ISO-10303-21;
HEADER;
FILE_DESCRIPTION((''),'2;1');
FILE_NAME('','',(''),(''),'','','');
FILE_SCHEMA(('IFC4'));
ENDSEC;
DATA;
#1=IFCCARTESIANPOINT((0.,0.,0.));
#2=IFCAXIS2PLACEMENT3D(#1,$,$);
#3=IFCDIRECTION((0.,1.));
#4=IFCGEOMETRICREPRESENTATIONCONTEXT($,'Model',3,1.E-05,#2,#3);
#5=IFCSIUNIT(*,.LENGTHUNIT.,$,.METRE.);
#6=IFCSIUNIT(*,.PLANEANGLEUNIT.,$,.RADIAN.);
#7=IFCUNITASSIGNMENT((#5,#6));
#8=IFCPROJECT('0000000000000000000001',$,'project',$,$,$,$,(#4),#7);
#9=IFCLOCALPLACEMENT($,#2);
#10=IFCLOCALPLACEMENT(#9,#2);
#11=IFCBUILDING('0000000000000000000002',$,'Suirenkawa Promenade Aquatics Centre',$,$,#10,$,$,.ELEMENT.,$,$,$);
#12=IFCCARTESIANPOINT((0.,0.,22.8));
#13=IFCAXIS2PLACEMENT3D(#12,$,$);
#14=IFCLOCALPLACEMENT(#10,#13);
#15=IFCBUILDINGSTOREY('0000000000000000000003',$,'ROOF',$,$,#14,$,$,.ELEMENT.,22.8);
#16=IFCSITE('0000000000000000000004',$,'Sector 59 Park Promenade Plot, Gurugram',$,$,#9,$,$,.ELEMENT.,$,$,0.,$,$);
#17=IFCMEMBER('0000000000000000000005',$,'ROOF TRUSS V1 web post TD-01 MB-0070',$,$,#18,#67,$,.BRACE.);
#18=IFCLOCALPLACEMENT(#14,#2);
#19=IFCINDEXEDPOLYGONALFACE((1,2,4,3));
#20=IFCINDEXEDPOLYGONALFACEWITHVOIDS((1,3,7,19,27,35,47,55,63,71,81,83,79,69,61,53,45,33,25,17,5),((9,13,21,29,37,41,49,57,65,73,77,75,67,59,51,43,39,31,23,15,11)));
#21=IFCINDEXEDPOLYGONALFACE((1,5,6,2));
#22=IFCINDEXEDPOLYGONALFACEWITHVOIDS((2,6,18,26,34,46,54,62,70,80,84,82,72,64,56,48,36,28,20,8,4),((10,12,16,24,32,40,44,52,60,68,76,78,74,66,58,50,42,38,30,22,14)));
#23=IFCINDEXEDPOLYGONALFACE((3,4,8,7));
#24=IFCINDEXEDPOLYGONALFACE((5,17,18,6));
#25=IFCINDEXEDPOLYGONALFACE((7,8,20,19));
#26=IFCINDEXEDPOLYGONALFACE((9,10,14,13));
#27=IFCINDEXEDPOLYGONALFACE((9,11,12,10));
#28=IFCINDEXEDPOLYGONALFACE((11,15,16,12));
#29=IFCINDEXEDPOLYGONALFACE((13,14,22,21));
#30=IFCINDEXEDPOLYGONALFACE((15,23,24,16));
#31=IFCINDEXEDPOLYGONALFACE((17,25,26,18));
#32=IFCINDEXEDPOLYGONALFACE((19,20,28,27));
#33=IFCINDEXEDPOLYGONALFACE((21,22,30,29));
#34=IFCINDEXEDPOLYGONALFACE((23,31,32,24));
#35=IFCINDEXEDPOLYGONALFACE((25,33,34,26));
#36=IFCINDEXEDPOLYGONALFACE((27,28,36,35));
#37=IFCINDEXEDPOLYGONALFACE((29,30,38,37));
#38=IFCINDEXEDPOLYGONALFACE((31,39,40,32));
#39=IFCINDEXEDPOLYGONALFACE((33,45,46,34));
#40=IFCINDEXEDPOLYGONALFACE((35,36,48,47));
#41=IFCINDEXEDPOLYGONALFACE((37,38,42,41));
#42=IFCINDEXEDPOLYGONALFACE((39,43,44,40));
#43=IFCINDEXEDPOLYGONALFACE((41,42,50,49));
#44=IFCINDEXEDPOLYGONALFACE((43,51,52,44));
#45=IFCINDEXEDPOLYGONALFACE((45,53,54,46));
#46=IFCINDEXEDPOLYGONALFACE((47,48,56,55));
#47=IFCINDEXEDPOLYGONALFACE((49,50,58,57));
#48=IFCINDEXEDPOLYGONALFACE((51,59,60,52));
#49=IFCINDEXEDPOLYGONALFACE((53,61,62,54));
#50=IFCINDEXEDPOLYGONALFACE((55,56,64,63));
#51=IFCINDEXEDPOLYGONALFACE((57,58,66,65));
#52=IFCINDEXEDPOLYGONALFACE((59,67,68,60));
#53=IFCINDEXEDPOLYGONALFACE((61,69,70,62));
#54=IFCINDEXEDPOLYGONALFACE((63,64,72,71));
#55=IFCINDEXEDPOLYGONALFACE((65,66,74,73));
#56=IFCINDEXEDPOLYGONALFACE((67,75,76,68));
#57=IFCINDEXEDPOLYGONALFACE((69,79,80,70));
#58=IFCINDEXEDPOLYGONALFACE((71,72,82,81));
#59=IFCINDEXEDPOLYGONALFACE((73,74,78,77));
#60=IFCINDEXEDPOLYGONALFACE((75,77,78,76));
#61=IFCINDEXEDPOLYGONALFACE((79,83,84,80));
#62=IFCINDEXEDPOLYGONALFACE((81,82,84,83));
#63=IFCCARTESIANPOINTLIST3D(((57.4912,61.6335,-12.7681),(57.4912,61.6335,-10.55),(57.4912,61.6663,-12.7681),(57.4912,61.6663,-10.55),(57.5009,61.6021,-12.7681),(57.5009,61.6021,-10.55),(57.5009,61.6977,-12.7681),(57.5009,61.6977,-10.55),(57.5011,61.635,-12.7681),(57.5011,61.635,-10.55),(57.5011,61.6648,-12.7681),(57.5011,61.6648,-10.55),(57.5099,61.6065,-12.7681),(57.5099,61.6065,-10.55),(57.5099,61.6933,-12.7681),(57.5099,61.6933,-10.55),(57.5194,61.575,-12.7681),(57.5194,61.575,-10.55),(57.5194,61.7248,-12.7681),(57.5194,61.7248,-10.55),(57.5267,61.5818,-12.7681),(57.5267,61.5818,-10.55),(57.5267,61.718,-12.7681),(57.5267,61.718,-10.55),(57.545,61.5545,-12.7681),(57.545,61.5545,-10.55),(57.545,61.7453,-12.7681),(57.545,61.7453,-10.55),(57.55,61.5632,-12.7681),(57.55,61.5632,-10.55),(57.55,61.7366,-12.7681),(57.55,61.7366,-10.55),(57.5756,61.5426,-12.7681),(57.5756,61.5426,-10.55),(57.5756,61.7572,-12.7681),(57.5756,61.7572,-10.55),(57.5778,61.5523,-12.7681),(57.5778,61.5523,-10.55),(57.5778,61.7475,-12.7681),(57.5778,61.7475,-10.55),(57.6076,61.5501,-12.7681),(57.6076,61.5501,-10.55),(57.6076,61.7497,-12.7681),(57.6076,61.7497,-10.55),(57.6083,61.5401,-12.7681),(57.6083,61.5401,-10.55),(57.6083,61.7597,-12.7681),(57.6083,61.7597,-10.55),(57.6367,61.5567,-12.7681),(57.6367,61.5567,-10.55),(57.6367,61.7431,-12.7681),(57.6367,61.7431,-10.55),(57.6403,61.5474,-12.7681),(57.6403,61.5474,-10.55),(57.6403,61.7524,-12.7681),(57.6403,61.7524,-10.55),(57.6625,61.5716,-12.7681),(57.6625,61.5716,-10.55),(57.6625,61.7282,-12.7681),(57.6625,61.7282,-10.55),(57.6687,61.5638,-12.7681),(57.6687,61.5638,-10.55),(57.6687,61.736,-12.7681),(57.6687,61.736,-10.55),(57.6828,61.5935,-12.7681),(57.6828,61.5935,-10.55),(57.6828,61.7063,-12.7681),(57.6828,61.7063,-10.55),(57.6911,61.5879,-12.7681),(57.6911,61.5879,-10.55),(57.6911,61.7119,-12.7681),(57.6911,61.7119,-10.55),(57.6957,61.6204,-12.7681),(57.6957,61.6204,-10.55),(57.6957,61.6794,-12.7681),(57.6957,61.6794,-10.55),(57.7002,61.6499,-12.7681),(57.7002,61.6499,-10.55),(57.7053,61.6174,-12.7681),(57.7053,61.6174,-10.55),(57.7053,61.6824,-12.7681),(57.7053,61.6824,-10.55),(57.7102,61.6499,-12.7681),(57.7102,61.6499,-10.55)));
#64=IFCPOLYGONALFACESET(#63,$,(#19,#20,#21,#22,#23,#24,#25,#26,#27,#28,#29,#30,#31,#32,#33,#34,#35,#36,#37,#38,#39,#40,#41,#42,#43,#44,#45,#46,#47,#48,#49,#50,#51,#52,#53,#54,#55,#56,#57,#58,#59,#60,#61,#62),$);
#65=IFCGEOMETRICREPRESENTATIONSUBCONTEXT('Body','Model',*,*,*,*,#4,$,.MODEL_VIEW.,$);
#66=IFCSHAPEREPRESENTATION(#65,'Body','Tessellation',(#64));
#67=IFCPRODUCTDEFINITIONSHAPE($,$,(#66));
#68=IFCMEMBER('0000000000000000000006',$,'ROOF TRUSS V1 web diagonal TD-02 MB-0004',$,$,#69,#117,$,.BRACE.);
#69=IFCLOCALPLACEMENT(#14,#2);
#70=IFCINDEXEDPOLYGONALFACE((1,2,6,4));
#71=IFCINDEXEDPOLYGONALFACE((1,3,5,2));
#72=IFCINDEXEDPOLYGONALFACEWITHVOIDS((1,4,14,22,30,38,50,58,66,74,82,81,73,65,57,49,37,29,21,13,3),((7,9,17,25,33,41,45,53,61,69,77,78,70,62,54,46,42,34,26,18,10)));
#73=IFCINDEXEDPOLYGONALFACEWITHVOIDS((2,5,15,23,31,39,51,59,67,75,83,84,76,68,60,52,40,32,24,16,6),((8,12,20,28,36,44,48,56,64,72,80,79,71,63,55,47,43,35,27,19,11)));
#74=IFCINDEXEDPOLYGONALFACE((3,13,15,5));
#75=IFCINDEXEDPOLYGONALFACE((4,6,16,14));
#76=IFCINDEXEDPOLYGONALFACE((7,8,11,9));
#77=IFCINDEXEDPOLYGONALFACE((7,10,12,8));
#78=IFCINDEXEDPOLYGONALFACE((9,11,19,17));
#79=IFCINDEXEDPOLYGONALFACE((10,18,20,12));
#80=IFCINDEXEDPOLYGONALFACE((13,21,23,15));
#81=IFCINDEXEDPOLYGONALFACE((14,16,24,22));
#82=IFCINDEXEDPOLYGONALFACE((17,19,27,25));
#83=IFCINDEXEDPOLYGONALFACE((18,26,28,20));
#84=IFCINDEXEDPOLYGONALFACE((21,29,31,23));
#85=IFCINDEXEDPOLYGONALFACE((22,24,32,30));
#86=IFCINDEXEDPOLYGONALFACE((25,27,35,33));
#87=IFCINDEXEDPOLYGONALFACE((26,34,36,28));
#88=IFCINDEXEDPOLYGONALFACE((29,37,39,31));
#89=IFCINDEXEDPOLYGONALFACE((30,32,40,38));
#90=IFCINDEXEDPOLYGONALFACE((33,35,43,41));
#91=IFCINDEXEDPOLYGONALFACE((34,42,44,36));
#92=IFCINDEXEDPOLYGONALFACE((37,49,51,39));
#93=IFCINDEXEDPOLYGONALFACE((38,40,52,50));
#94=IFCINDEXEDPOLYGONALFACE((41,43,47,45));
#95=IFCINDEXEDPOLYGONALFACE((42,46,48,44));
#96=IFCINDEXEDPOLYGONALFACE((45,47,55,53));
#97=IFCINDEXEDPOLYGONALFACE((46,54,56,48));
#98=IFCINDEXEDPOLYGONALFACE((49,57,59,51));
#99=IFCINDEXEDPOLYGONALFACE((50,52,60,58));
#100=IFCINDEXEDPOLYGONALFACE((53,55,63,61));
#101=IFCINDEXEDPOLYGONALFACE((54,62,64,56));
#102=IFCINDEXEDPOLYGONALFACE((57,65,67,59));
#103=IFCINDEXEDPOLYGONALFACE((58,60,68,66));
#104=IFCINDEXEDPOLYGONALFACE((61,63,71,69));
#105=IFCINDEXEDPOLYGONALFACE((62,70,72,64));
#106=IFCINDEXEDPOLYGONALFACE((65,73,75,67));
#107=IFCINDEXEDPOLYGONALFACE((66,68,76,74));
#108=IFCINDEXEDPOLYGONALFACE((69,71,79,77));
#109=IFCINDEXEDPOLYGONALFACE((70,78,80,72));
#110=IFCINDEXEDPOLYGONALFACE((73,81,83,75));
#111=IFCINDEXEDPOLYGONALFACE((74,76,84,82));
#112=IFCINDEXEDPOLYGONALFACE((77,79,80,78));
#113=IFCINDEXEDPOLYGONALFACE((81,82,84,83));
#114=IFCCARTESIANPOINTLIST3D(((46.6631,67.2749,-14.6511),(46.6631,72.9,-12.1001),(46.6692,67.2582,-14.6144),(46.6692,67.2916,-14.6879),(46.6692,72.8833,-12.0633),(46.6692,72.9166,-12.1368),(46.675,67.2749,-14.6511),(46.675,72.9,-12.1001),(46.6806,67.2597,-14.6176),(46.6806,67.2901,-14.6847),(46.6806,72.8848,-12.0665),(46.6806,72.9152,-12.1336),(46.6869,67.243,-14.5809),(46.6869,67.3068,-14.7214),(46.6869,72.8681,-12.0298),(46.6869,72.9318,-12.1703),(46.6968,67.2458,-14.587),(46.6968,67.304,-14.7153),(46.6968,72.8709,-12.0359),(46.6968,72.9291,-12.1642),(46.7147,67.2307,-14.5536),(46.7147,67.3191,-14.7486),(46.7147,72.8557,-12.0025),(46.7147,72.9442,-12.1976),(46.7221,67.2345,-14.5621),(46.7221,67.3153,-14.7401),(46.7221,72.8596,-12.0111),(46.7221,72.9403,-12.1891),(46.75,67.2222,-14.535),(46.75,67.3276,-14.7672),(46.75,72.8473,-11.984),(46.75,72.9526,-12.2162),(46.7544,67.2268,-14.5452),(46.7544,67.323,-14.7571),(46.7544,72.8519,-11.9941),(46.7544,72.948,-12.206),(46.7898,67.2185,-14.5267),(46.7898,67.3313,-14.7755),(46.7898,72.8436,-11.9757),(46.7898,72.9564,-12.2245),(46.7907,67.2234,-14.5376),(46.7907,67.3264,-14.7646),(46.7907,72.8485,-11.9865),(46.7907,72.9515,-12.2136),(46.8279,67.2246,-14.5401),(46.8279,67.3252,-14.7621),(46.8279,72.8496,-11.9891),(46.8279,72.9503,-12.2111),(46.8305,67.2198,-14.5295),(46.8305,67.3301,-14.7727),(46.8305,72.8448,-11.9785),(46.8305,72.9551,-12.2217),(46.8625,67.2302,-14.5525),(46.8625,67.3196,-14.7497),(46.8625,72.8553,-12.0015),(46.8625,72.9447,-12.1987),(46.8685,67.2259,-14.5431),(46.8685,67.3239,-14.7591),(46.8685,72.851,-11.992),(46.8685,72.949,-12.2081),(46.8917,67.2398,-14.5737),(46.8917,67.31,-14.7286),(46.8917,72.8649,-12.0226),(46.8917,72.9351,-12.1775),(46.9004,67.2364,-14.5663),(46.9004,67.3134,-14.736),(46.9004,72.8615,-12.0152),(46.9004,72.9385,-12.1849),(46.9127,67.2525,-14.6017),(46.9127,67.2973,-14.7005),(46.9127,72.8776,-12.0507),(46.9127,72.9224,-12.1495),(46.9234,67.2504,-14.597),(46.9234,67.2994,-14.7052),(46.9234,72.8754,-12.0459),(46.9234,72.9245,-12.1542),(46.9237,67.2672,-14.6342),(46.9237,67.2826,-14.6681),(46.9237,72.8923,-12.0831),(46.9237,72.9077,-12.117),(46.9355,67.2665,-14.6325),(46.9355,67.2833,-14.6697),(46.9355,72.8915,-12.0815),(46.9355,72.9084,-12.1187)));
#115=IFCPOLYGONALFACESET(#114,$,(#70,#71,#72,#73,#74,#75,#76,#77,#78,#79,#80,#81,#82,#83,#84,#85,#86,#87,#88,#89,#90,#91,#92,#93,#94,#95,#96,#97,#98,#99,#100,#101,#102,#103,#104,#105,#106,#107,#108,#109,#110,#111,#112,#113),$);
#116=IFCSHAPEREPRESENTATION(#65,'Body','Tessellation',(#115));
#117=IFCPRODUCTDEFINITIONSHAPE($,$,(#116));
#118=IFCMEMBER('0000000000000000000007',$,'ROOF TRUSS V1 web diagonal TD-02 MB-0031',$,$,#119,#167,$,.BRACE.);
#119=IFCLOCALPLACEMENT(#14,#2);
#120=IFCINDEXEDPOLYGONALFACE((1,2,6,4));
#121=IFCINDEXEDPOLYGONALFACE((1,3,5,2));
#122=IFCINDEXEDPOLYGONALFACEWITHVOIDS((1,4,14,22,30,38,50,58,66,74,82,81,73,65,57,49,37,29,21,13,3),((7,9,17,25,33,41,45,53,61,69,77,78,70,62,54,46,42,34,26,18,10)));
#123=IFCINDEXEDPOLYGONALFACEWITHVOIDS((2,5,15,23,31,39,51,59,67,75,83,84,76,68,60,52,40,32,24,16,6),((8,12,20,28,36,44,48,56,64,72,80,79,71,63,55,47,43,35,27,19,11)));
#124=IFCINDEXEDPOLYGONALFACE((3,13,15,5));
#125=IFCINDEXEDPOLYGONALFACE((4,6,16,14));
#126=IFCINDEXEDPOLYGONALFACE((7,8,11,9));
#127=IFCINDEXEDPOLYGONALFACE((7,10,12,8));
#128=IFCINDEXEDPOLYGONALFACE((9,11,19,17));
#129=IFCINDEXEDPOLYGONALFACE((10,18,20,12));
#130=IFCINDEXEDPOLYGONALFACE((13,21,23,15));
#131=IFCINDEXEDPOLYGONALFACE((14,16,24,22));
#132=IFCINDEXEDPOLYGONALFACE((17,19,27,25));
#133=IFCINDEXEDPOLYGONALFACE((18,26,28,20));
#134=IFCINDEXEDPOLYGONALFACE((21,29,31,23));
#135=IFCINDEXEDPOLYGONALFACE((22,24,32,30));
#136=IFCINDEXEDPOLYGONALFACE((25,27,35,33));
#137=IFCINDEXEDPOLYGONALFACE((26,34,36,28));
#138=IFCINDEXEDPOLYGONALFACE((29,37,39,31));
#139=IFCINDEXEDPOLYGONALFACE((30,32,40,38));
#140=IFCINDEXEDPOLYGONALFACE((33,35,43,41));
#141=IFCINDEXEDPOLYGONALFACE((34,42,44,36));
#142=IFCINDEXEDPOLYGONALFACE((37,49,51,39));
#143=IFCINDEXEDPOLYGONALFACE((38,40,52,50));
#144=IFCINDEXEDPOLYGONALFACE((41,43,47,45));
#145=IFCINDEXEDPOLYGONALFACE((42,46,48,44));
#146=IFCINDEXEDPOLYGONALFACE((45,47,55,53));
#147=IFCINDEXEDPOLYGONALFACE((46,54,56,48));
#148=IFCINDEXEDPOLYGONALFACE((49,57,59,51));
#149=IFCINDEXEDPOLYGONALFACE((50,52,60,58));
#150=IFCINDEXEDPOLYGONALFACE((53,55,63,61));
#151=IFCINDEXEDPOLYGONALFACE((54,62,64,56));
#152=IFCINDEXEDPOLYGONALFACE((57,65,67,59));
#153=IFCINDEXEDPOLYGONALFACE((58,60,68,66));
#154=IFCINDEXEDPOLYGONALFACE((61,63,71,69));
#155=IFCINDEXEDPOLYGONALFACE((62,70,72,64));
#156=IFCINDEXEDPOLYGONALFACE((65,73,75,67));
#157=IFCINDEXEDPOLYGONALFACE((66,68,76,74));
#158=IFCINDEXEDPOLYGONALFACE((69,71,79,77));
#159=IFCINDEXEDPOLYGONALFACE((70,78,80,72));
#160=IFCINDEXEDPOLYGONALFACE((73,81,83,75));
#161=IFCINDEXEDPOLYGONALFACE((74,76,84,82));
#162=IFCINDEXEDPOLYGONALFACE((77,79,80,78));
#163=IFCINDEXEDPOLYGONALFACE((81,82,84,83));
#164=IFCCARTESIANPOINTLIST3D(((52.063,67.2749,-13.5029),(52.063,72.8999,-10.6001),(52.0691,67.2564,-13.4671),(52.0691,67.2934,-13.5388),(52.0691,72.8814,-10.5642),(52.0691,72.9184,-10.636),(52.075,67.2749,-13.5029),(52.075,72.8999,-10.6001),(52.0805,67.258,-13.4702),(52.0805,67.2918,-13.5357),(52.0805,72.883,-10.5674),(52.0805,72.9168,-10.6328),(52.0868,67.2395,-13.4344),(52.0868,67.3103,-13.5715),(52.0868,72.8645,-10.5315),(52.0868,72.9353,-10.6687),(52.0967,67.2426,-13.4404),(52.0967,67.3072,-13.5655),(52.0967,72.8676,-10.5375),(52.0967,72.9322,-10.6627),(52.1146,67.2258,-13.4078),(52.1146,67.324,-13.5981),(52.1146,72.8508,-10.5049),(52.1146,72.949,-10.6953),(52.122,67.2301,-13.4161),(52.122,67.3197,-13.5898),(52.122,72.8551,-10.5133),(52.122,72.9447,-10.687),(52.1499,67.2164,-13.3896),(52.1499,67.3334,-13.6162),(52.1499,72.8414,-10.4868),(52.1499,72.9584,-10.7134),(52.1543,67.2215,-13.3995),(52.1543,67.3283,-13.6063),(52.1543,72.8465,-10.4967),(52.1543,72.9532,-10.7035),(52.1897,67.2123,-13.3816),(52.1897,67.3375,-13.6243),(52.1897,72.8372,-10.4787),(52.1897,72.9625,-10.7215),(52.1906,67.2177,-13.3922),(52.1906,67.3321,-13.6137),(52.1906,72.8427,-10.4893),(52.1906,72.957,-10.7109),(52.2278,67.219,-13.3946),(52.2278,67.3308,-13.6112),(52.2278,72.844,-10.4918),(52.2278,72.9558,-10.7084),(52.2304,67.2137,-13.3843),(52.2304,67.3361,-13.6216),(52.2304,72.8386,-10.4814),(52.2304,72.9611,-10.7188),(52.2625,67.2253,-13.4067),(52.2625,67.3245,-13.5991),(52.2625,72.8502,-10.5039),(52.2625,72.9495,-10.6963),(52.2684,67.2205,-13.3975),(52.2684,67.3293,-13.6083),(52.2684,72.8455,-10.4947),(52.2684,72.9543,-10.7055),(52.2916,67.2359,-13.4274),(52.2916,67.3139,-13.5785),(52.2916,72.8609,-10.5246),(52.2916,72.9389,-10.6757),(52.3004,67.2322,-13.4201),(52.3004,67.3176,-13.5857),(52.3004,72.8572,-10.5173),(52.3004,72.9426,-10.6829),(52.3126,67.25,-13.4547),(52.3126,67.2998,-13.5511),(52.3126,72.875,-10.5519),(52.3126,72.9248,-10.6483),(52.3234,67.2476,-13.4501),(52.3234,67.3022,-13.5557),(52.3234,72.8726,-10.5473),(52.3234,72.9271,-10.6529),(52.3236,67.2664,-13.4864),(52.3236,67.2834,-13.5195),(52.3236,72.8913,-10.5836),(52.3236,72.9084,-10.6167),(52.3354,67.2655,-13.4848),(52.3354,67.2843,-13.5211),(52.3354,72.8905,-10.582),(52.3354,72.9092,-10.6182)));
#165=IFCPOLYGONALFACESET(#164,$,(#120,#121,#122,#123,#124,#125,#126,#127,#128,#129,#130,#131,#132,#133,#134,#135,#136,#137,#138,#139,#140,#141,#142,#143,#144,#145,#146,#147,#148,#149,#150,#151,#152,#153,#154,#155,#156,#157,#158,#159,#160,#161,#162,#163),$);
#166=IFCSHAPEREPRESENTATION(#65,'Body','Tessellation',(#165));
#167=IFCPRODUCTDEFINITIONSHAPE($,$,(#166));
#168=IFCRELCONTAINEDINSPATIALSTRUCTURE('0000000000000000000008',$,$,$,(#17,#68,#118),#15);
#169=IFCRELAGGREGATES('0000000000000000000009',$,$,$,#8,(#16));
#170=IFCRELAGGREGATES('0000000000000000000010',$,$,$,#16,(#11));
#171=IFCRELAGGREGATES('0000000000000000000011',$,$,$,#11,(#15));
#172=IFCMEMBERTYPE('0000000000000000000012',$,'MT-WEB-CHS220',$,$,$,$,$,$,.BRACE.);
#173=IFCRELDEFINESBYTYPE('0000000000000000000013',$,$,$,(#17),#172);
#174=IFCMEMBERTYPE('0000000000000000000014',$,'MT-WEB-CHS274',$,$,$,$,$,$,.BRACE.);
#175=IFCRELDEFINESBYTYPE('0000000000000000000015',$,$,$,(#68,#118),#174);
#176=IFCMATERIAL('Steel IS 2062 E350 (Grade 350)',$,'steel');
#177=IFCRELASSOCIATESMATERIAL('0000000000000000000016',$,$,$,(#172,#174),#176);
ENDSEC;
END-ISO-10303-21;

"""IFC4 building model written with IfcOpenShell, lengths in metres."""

from ifc_helpers import new_model, si_unit, direction, frame, origin, origin_2d, place, context, subcontext, project, spatial, hollow_circle, extrude, material, material_profile, profile_set, type_object, element, save


model = new_model("IFC4")

# Units and contexts
model_context = context("Model", 3, precision=1e-05, world=origin(), true_north=direction((0.0, 1.0)))
body_context = subcontext(model_context, "Body", "Model", "MODEL_VIEW")
ifc_project = project(units=[si_unit("LENGTHUNIT", "METRE"), si_unit("PLANEANGLEUNIT", "RADIAN")], contexts=[model_context])

# Site, building, storey
site_placement = place(None, origin())
site = spatial("IfcSite", under=ifc_project, at=site_placement, Name="Sector 59 Park Promenade Plot, Gurugram", CompositionType="ELEMENT", RefElevation=0.0)
building_placement = place(site_placement, origin())
building = spatial("IfcBuilding", under=site, at=building_placement, Name="Suirenkawa Promenade Aquatics Centre", CompositionType="ELEMENT")
storey_placement = place(building_placement, frame((0.0, 0.0, 22.8)))
storey = spatial("IfcBuildingStorey", under=building, at=storey_placement, Name="ROOF", CompositionType="ELEMENT", Elevation=22.8)

# Shared definitions
ifc_material = material(Name="Steel IS 2062 E350 (Grade 350)", Category="steel")

# Members
ifc_material_profile_1 = material_profile(ifc_material, hollow_circle(Radius=0.1101, WallThickness=0.01, at=origin_2d()), Name="CHS 220x10", Category="steel")
ifc_profile_set_1 = profile_set([ifc_material_profile_1], Name="Steel IS 2062 E350 (Grade 350)")
member_type_1 = type_object("IfcMemberType", Name="MT-WEB-CHS220", PredefinedType="BRACE", material=ifc_profile_set_1)
member_1_placement = place(storey_placement, frame((57.6001, 61.6499, -12.7681), z_axis=(0.0, 0.0, 1.0), x_axis=(1.0, 0.0, 0.0)))
element("IfcMember", 1, at=member_1_placement, inside=storey, type_object=member_type_1, Name="ROOF TRUSS V1 web post TD-01 MB-0070", PredefinedType="BRACE", context=body_context, shape_type="SweptSolid", body=[
    extrude(hollow_circle(Radius=0.1101, WallThickness=0.01, at=origin_2d()), origin(), (0.0, 0.0, 1.0), 2.218),
])
ifc_material_profile_2 = material_profile(ifc_material, hollow_circle(Radius=0.137, WallThickness=0.012, at=origin_2d()), Name="CHS 274x12", Category="steel")
ifc_profile_set_2 = profile_set([ifc_material_profile_2], Name="Steel IS 2062 E350 (Grade 350)")
member_type_2 = type_object("IfcMemberType", Name="MT-WEB-CHS274", PredefinedType="BRACE", material=ifc_profile_set_2)
member_2_placement = place(storey_placement, frame((46.8, 67.2749, -14.6511), z_axis=(0.0, 0.910719, 0.413026), x_axis=(-1.0, 0.0, 0.0)))
element("IfcMember", 2, at=member_2_placement, inside=storey, type_object=member_type_2, Name="ROOF TRUSS V1 web diagonal TD-02 MB-0004", PredefinedType="BRACE", context=body_context, shape_type="SweptSolid", body=[
    extrude(hollow_circle(Radius=0.137, WallThickness=0.012, at=origin_2d()), origin(), (0.0, 0.0, 1.0), 6.1765),
])
member_3_placement = place(storey_placement, frame((52.2, 67.2749, -13.5029), z_axis=(0.0, 0.888646, 0.458594), x_axis=(-1.0, 0.0, 0.0)))
element("IfcMember", 3, at=member_3_placement, inside=storey, type_object=member_type_2, Name="ROOF TRUSS V1 web diagonal TD-02 MB-0031", PredefinedType="BRACE", context=body_context, shape_type="SweptSolid", body=[
    extrude(hollow_circle(Radius=0.137, WallThickness=0.012, at=origin_2d()), origin(), (0.0, 0.0, 1.0), 6.3298),
])

save(model, "model.ifc")
